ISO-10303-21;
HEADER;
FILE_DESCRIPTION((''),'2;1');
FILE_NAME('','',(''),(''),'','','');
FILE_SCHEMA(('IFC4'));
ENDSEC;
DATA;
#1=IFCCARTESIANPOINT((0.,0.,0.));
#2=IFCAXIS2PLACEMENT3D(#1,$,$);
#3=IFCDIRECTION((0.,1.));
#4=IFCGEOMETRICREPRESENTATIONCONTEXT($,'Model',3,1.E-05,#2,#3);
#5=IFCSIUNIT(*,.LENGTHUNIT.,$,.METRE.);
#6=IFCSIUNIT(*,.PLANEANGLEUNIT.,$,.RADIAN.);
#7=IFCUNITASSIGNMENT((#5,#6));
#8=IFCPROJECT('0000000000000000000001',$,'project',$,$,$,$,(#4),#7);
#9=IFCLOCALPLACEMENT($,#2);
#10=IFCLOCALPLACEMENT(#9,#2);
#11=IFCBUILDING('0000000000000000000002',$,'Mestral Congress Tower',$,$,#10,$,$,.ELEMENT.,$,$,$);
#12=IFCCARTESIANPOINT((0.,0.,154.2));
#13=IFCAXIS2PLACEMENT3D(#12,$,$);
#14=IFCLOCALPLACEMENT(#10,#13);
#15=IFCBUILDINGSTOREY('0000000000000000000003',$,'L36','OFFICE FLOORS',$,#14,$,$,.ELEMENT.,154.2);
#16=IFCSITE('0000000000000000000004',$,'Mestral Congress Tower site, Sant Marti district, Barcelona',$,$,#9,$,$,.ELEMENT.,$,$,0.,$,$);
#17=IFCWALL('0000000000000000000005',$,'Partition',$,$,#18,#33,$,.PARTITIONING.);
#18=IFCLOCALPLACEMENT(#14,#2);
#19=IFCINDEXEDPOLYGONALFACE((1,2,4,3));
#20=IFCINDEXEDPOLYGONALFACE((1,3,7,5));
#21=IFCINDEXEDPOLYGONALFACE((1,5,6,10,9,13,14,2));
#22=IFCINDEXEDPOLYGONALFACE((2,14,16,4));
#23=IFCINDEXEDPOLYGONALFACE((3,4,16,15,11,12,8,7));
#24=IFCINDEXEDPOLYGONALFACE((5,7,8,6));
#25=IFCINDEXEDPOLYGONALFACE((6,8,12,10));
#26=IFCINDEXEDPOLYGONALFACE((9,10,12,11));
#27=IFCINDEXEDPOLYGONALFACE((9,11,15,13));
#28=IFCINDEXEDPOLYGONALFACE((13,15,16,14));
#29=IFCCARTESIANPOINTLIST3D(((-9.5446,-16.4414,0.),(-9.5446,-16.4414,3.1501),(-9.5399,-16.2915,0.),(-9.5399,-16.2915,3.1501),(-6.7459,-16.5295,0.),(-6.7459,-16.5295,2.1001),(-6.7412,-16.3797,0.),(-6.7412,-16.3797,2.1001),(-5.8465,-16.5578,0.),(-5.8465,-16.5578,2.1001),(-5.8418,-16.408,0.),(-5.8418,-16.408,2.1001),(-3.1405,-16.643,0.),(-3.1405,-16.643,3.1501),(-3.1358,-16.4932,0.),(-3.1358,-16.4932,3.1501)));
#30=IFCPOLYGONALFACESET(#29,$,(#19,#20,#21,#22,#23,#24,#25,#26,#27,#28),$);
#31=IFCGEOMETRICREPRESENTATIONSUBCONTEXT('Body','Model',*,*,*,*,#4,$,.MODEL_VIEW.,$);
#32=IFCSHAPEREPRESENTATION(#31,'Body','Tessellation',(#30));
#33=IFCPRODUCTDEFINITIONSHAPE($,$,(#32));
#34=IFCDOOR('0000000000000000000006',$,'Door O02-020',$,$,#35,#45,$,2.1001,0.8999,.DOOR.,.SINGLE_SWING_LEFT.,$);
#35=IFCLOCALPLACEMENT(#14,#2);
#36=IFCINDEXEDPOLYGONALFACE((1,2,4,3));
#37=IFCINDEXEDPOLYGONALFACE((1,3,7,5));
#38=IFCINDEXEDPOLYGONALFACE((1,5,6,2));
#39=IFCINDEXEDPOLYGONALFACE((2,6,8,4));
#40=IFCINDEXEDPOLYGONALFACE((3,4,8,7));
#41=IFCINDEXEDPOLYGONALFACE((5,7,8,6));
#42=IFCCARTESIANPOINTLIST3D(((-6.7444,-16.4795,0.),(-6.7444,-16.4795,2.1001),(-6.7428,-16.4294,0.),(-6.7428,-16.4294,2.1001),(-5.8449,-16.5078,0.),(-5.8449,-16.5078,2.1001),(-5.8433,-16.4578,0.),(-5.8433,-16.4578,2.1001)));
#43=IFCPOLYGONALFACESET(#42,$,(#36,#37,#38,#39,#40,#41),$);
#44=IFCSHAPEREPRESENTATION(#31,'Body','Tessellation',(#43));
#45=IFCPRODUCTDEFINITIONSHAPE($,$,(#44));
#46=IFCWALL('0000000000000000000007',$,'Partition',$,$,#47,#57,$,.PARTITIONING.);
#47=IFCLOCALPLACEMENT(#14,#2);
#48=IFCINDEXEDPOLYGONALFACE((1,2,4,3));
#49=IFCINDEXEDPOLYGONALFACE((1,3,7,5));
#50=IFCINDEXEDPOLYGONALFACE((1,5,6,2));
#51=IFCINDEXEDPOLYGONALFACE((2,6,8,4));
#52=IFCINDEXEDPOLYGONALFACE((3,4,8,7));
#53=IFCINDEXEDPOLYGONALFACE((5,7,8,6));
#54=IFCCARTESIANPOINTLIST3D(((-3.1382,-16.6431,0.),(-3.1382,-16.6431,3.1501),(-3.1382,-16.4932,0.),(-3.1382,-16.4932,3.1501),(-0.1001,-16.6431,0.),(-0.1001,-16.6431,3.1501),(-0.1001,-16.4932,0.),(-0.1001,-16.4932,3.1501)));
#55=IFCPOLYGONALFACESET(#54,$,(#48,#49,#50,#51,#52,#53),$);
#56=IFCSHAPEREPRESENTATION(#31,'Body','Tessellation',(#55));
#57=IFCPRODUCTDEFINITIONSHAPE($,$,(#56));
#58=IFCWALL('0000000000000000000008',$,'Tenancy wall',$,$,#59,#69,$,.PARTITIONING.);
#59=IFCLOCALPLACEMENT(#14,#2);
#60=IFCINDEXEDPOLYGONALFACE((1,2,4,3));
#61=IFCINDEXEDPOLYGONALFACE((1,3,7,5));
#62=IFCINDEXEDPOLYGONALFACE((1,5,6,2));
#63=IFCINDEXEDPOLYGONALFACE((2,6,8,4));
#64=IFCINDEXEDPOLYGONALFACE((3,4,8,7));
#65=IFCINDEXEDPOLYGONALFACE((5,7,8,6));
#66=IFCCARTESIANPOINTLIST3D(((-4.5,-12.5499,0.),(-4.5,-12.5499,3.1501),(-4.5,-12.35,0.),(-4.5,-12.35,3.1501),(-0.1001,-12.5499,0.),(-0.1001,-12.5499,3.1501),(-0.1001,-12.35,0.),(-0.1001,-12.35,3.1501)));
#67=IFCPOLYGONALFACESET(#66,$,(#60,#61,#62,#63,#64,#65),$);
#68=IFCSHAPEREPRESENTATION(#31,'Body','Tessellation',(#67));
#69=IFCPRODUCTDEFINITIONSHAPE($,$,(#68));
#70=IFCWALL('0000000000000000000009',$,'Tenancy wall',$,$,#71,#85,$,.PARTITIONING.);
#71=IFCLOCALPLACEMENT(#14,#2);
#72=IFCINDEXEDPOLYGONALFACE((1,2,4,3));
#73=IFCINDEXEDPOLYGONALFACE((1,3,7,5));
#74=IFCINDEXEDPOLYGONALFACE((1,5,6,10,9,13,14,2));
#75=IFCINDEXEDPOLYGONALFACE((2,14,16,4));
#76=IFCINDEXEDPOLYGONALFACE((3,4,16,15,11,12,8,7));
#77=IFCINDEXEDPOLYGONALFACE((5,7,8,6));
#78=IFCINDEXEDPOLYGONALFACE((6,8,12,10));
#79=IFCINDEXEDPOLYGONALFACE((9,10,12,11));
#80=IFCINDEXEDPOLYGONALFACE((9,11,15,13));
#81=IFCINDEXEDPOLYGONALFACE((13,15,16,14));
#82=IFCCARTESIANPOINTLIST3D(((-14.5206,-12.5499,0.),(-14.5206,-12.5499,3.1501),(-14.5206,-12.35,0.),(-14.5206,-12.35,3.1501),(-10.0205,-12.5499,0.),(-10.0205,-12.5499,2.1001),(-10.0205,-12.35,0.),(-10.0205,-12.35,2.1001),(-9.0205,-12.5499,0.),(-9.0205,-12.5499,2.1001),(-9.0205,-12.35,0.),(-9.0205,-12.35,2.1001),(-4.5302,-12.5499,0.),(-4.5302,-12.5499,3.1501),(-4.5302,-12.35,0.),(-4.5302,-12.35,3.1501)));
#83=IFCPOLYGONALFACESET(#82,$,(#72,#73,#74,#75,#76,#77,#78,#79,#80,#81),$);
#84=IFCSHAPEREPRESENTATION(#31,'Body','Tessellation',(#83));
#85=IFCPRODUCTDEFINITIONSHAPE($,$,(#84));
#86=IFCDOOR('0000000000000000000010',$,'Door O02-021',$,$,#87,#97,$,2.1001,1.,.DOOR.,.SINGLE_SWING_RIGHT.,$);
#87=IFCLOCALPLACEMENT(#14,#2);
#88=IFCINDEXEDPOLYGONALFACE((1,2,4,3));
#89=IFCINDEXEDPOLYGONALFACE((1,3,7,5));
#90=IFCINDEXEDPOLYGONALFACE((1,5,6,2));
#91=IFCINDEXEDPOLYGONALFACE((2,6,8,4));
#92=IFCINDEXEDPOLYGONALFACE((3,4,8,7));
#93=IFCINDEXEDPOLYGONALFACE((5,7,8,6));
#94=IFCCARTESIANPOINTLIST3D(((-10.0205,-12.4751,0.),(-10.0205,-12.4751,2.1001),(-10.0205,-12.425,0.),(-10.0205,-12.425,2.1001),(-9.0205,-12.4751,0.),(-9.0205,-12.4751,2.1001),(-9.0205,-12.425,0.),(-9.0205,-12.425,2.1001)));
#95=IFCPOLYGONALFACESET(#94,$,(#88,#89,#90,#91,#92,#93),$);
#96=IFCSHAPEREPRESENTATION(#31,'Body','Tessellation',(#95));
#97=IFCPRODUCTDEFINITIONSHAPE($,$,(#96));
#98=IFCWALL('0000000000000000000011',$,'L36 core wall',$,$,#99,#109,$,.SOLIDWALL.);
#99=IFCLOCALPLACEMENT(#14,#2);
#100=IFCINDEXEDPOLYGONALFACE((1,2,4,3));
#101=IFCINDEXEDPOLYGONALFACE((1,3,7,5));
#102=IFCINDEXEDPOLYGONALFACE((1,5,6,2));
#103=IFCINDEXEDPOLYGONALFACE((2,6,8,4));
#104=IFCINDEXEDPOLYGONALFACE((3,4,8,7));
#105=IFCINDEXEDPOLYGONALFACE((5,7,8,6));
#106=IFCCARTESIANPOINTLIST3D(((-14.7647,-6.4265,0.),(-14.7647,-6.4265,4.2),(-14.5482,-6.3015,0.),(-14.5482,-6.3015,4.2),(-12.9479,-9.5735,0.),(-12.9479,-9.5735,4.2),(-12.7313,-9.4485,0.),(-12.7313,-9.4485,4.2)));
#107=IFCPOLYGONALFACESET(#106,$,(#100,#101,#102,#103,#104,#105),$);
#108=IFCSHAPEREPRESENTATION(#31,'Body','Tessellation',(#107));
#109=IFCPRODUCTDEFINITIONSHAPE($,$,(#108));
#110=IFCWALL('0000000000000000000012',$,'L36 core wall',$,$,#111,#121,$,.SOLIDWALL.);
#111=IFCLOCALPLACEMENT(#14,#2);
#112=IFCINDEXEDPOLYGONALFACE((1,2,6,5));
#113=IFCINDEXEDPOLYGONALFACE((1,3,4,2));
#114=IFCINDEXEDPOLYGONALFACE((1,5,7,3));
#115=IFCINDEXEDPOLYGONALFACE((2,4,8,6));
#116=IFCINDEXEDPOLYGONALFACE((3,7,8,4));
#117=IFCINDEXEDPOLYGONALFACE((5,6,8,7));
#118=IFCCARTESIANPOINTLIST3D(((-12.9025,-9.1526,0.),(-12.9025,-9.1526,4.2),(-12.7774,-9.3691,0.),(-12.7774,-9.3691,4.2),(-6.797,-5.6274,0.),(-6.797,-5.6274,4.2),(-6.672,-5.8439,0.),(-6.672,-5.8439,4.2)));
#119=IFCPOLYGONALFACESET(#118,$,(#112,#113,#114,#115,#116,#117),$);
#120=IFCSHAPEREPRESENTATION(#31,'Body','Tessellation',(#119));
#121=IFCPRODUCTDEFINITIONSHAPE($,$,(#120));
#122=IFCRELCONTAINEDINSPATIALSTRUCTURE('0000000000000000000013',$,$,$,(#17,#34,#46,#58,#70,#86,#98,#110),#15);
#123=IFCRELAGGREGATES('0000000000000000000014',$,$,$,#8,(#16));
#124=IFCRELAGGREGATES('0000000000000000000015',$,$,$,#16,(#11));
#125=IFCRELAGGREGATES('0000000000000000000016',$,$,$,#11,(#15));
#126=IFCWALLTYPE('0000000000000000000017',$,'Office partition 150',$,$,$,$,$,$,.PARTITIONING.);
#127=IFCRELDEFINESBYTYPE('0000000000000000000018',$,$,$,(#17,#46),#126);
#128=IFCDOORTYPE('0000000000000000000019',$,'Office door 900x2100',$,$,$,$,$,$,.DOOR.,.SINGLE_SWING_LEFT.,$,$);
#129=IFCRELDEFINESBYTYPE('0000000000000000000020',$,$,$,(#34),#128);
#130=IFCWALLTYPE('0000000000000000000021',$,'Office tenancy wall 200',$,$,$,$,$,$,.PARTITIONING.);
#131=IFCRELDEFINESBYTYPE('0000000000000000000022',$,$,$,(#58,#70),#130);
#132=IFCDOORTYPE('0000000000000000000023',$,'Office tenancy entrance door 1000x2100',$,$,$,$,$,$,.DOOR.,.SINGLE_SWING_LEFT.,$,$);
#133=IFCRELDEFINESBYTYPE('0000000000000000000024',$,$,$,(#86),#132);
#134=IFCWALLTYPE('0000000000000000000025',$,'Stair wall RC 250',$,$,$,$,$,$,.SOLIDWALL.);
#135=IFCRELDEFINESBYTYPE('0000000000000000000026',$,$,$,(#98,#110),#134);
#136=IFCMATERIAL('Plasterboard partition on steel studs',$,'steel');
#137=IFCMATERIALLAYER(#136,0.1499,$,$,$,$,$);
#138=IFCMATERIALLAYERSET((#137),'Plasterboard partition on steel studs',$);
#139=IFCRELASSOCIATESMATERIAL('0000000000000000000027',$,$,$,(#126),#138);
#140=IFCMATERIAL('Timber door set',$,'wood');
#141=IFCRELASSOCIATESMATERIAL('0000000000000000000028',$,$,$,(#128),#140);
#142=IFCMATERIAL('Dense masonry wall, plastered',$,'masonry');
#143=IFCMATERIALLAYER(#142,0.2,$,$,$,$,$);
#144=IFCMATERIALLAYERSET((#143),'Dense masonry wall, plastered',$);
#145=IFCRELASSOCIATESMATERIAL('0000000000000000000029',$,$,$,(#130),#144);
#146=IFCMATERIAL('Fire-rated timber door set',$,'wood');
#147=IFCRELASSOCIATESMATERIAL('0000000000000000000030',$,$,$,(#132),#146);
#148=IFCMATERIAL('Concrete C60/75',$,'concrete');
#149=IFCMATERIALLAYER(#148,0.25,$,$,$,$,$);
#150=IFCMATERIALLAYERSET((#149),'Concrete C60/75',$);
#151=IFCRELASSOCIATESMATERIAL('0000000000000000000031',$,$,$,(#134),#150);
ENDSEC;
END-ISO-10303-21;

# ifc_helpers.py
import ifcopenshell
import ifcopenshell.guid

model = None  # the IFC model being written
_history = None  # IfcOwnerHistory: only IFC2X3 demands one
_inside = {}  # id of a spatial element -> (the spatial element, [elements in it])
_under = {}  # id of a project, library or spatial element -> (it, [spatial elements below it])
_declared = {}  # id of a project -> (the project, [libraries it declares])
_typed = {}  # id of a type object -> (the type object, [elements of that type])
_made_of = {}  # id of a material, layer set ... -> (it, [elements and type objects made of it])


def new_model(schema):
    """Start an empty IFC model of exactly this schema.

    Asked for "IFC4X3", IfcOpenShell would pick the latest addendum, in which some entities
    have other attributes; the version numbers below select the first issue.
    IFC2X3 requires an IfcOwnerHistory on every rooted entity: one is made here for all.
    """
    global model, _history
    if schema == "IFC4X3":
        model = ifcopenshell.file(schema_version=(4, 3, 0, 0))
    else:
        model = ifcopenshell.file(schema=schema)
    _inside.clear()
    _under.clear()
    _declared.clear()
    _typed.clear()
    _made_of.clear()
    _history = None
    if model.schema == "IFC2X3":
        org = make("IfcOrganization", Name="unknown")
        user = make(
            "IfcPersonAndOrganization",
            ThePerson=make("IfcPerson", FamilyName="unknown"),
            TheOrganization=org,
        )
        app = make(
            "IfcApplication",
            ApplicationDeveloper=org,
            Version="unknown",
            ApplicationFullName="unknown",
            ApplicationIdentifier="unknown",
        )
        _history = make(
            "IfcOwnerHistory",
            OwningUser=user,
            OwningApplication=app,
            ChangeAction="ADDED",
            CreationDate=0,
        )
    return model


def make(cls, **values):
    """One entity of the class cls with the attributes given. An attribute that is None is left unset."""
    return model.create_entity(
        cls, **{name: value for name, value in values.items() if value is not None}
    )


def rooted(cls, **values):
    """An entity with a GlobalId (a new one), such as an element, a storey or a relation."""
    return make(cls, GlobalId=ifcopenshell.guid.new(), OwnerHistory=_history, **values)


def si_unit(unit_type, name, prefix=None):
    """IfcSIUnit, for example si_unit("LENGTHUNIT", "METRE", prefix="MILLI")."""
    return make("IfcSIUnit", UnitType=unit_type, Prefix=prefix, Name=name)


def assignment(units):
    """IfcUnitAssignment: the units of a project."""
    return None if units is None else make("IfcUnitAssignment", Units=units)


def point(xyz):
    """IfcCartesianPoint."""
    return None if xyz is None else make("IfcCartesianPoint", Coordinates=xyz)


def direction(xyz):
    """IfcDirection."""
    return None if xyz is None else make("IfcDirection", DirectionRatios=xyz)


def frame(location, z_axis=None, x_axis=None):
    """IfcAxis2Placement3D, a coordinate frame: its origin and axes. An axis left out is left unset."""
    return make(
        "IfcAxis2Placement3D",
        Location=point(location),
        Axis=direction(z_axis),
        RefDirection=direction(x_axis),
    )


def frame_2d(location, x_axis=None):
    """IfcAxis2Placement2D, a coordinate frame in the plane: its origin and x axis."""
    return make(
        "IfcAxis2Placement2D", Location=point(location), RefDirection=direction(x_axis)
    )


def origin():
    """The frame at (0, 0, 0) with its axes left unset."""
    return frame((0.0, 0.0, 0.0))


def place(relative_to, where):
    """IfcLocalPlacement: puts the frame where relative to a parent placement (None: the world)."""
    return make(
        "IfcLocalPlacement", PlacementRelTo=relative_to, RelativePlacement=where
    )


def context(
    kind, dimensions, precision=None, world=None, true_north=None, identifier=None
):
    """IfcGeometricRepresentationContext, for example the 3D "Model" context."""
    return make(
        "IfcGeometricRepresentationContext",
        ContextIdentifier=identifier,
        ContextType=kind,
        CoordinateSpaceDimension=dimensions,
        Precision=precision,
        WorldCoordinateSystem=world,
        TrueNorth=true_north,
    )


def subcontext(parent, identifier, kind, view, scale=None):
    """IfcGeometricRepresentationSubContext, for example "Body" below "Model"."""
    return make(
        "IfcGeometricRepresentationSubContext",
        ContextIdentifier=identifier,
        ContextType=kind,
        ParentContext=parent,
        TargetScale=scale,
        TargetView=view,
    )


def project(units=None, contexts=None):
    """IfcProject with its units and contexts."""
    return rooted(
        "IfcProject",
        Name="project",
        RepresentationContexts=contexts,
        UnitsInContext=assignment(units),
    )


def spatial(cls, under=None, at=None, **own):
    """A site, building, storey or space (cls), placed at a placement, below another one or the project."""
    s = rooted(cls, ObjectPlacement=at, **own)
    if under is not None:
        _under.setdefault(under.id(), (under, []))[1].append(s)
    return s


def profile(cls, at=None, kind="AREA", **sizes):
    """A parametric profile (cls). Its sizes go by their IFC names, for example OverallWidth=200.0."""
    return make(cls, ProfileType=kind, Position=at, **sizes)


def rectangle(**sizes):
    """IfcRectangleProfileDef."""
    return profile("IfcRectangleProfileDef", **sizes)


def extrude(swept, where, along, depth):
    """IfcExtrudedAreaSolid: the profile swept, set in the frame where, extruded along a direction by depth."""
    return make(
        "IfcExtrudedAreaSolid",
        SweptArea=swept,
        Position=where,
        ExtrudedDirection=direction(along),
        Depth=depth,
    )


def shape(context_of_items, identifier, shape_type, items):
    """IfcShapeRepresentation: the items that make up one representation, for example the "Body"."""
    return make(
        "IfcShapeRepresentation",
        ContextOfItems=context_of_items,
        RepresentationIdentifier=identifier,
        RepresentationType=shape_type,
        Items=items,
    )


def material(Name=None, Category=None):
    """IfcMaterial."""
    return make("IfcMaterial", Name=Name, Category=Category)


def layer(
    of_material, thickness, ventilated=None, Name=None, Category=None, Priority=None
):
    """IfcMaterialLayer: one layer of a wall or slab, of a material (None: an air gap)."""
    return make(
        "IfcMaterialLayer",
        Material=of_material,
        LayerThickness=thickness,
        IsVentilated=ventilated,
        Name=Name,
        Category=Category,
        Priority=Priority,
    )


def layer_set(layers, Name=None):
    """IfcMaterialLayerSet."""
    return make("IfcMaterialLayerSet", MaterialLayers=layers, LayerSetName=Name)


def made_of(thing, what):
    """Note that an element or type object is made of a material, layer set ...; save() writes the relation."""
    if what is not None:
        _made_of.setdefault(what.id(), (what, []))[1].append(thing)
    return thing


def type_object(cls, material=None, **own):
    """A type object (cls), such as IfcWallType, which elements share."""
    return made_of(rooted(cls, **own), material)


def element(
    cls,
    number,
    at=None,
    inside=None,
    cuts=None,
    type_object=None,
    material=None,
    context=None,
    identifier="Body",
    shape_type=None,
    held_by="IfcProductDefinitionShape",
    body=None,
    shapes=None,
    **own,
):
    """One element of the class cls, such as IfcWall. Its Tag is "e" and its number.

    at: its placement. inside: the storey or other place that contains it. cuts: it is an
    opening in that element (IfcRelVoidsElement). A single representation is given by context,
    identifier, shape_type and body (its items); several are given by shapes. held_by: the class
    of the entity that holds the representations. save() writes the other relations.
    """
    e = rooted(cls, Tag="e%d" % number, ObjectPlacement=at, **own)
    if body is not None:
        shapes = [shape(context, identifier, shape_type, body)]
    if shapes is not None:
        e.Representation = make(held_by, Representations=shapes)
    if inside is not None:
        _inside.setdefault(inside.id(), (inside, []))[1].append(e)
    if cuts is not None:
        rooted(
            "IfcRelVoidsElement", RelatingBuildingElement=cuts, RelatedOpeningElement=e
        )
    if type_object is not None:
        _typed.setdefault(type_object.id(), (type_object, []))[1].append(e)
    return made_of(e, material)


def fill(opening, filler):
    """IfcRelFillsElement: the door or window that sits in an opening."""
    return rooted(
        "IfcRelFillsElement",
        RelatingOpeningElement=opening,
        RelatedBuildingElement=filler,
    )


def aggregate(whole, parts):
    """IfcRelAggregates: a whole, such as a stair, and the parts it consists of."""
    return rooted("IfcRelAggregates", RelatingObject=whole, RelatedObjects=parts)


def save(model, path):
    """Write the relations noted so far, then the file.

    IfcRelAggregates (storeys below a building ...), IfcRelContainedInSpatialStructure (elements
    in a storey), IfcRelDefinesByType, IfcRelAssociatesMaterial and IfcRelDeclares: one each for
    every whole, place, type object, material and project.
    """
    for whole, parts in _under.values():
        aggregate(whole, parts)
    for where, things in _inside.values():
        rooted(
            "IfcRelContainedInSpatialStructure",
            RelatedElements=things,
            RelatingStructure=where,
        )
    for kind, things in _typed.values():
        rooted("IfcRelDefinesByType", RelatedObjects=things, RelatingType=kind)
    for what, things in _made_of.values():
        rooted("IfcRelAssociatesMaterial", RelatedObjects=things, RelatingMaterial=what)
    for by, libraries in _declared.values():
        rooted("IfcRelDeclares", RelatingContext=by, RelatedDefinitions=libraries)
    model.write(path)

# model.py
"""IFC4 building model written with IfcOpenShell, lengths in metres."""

from ifc_helpers import new_model, si_unit, direction, frame, frame_2d, origin, place, context, subcontext, project, spatial, rectangle, extrude, material, layer, layer_set, type_object, element, fill, save


model = new_model("IFC4")

# Units and contexts
model_context = context("Model", 3, precision=1e-05, world=origin(), true_north=direction((0.0, 1.0)))
body_context = subcontext(model_context, "Body", "Model", "MODEL_VIEW")
ifc_project = project(units=[si_unit("LENGTHUNIT", "METRE"), si_unit("PLANEANGLEUNIT", "RADIAN")], contexts=[model_context])

# Site, building, storey
site_placement = place(None, origin())
site = spatial("IfcSite", under=ifc_project, at=site_placement, Name="Mestral Congress Tower site, Sant Marti district, Barcelona", CompositionType="ELEMENT", RefElevation=0.0)
building_placement = place(site_placement, origin())
building = spatial("IfcBuilding", under=site, at=building_placement, Name="Mestral Congress Tower", CompositionType="ELEMENT")
storey_placement = place(building_placement, frame((0.0, 0.0, 154.2)))
storey = spatial("IfcBuildingStorey", under=building, at=storey_placement, Name="L36", Description="OFFICE FLOORS", CompositionType="ELEMENT", Elevation=154.2)

# Shared definitions
ifc_material_1 = material(Name="Concrete C60/75", Category="concrete")

# Shared definitions
ifc_material_2 = material(Name="Plasterboard partition on steel studs", Category="steel")
ifc_layer_1 = layer(ifc_material_2, 0.1499)
ifc_layer_set_1 = layer_set([ifc_layer_1], Name="Plasterboard partition on steel studs")
wall_type_1 = type_object("IfcWallType", Name="Office partition 150", PredefinedType="PARTITIONING", material=ifc_layer_set_1)

# Wall, opening, door
ifc_material_3 = material(Name="Timber door set", Category="wood")
door_type_1 = type_object("IfcDoorType", Name="Office door 900x2100", OperationType="SINGLE_SWING_LEFT", PredefinedType="DOOR", material=ifc_material_3)
wall_1_placement = place(storey_placement, frame((-3.1382, -16.5681, 0.0), z_axis=(0.0, 0.0, 1.0), x_axis=(-0.999505, 0.031474, 0.0)))
wall_1 = element("IfcWall", 1, at=wall_1_placement, inside=storey, type_object=wall_type_1, Name="Partition", PredefinedType="PARTITIONING", context=body_context, shape_type="SweptSolid", body=[
    extrude(rectangle(XDim=6.4072, YDim=0.1499, at=frame_2d((3.2036, 0.0))), origin(), (0.0, 0.0, 1.0), 3.1501),
])
opening_1_placement = place(wall_1_placement, frame((2.7073, 0.0, 0.0)))
opening_1 = element("IfcOpeningElement", 2, at=opening_1_placement, cuts=wall_1, PredefinedType="OPENING", context=body_context, shape_type="SweptSolid", body=[
    extrude(rectangle(XDim=0.8999, YDim=2.1001, at=frame_2d((0.45, 1.05))), frame((0.0, 0.085, 0.0), z_axis=(0.0, -1.0, 0.0), x_axis=(1.0, 0.0, 0.0)), (0.0, 0.0, 1.0), 0.1699),
])
door_1_placement = place(opening_1_placement, origin())
door_1 = element("IfcDoor", 3, at=door_1_placement, inside=storey, type_object=door_type_1, Name="Door O02-020", OperationType="SINGLE_SWING_LEFT", OverallHeight=2.1001, OverallWidth=0.8999, PredefinedType="DOOR", context=body_context, shape_type="SweptSolid", body=[
    extrude(rectangle(XDim=0.8999, YDim=2.1001, at=frame_2d((0.45, 1.05))), frame((0.0, 0.0249, 0.0), z_axis=(0.0, -1.0, 0.0), x_axis=(1.0, 0.0, 0.0)), (0.0, 0.0, 1.0), 0.05),
])
fill(opening_1, door_1)

# Walls
wall_2_placement = place(storey_placement, frame((-3.1382, -16.5681, 0.0), z_axis=(0.0, 0.0, 1.0), x_axis=(1.0, 0.0, 0.0)))
element("IfcWall", 4, at=wall_2_placement, inside=storey, type_object=wall_type_1, Name="Partition", PredefinedType="PARTITIONING", context=body_context, shape_type="SweptSolid", body=[
    extrude(rectangle(XDim=3.0381, YDim=0.1499, at=frame_2d((1.519, 0.0))), origin(), (0.0, 0.0, 1.0), 3.1501),
])
ifc_material_4 = material(Name="Dense masonry wall, plastered", Category="masonry")
ifc_layer_2 = layer(ifc_material_4, 0.2)
ifc_layer_set_2 = layer_set([ifc_layer_2], Name="Dense masonry wall, plastered")
wall_type_2 = type_object("IfcWallType", Name="Office tenancy wall 200", PredefinedType="PARTITIONING", material=ifc_layer_set_2)
wall_3_placement = place(storey_placement, frame((-4.5, -12.45, 0.0), z_axis=(0.0, 0.0, 1.0), x_axis=(1.0, 0.0, 0.0)))
element("IfcWall", 5, at=wall_3_placement, inside=storey, type_object=wall_type_2, Name="Tenancy wall", PredefinedType="PARTITIONING", context=body_context, shape_type="SweptSolid", body=[
    extrude(rectangle(XDim=4.3999, YDim=0.2, at=frame_2d((2.2, 0.0))), origin(), (0.0, 0.0, 1.0), 3.1501),
])

# Wall, opening, door
wall_4_placement = place(storey_placement, frame((-14.5205, -12.45, 0.0), z_axis=(0.0, 0.0, 1.0), x_axis=(1.0, 0.0, 0.0)))
wall_4 = element("IfcWall", 6, at=wall_4_placement, inside=storey, type_object=wall_type_2, Name="Tenancy wall", PredefinedType="PARTITIONING", context=body_context, shape_type="SweptSolid", body=[
    extrude(rectangle(XDim=9.9905, YDim=0.2, at=frame_2d((4.9951, 0.0))), origin(), (0.0, 0.0, 1.0), 3.1501),
])
opening_2_placement = place(wall_4_placement, frame((4.5, 0.0, 0.0)))
opening_2 = element("IfcOpeningElement", 7, at=opening_2_placement, cuts=wall_4, PredefinedType="OPENING", context=body_context, shape_type="SweptSolid", body=[
    extrude(rectangle(XDim=1.0, YDim=2.1001, at=frame_2d((0.5, 1.05))), frame((0.0, 0.1099, 0.0), z_axis=(0.0, -1.0, 0.0), x_axis=(1.0, 0.0, 0.0)), (0.0, 0.0, 1.0), 0.22),
])
ifc_material_5 = material(Name="Fire-rated timber door set", Category="wood")
door_type_2 = type_object("IfcDoorType", Name="Office tenancy entrance door 1000x2100", OperationType="SINGLE_SWING_LEFT", PredefinedType="DOOR", material=ifc_material_5)
door_2_placement = place(opening_2_placement, origin())
door_2 = element("IfcDoor", 8, at=door_2_placement, inside=storey, type_object=door_type_2, Name="Door O02-021", OperationType="SINGLE_SWING_RIGHT", OverallHeight=2.1001, OverallWidth=1.0, PredefinedType="DOOR", context=body_context, shape_type="SweptSolid", body=[
    extrude(rectangle(XDim=1.0, YDim=2.1001, at=frame_2d((0.5, 1.05))), frame((0.0, 0.0249, 0.0), z_axis=(0.0, -1.0, 0.0), x_axis=(1.0, 0.0, 0.0)), (0.0, 0.0, 1.0), 0.05),
])
fill(opening_2, door_2)

# Walls
ifc_layer_3 = layer(ifc_material_1, 0.25)
ifc_layer_set_3 = layer_set([ifc_layer_3], Name="Concrete C60/75")
wall_type_3 = type_object("IfcWallType", Name="Stair wall RC 250", PredefinedType="SOLIDWALL", material=ifc_layer_set_3)
wall_5_placement = place(storey_placement, frame((-12.8396, -9.511, 0.0), z_axis=(0.0, 0.0, 1.0), x_axis=(-0.499998, 0.866027, 0.0)))
element("IfcWall", 9, at=wall_5_placement, inside=storey, type_object=wall_type_3, Name="L36 core wall", PredefinedType="SOLIDWALL", context=body_context, shape_type="SweptSolid", body=[
    extrude(rectangle(XDim=3.6338, YDim=0.25, at=frame_2d((1.8169, 0.0))), origin(), (0.0, 0.0, 1.0), 4.2),
])
wall_6_placement = place(storey_placement, frame((-12.8398, -9.2607, 0.0), z_axis=(0.0, 0.0, 1.0), x_axis=(0.866016, 0.500016, 0.0)))
element("IfcWall", 10, at=wall_6_placement, inside=storey, type_object=wall_type_3, Name="L36 core wall", PredefinedType="SOLIDWALL", context=body_context, shape_type="SweptSolid", body=[
    extrude(rectangle(XDim=7.05, YDim=0.25, at=frame_2d((3.5249, 0.0))), origin(), (0.0, 0.0, 1.0), 4.2),
])

save(model, "model.ifc")
